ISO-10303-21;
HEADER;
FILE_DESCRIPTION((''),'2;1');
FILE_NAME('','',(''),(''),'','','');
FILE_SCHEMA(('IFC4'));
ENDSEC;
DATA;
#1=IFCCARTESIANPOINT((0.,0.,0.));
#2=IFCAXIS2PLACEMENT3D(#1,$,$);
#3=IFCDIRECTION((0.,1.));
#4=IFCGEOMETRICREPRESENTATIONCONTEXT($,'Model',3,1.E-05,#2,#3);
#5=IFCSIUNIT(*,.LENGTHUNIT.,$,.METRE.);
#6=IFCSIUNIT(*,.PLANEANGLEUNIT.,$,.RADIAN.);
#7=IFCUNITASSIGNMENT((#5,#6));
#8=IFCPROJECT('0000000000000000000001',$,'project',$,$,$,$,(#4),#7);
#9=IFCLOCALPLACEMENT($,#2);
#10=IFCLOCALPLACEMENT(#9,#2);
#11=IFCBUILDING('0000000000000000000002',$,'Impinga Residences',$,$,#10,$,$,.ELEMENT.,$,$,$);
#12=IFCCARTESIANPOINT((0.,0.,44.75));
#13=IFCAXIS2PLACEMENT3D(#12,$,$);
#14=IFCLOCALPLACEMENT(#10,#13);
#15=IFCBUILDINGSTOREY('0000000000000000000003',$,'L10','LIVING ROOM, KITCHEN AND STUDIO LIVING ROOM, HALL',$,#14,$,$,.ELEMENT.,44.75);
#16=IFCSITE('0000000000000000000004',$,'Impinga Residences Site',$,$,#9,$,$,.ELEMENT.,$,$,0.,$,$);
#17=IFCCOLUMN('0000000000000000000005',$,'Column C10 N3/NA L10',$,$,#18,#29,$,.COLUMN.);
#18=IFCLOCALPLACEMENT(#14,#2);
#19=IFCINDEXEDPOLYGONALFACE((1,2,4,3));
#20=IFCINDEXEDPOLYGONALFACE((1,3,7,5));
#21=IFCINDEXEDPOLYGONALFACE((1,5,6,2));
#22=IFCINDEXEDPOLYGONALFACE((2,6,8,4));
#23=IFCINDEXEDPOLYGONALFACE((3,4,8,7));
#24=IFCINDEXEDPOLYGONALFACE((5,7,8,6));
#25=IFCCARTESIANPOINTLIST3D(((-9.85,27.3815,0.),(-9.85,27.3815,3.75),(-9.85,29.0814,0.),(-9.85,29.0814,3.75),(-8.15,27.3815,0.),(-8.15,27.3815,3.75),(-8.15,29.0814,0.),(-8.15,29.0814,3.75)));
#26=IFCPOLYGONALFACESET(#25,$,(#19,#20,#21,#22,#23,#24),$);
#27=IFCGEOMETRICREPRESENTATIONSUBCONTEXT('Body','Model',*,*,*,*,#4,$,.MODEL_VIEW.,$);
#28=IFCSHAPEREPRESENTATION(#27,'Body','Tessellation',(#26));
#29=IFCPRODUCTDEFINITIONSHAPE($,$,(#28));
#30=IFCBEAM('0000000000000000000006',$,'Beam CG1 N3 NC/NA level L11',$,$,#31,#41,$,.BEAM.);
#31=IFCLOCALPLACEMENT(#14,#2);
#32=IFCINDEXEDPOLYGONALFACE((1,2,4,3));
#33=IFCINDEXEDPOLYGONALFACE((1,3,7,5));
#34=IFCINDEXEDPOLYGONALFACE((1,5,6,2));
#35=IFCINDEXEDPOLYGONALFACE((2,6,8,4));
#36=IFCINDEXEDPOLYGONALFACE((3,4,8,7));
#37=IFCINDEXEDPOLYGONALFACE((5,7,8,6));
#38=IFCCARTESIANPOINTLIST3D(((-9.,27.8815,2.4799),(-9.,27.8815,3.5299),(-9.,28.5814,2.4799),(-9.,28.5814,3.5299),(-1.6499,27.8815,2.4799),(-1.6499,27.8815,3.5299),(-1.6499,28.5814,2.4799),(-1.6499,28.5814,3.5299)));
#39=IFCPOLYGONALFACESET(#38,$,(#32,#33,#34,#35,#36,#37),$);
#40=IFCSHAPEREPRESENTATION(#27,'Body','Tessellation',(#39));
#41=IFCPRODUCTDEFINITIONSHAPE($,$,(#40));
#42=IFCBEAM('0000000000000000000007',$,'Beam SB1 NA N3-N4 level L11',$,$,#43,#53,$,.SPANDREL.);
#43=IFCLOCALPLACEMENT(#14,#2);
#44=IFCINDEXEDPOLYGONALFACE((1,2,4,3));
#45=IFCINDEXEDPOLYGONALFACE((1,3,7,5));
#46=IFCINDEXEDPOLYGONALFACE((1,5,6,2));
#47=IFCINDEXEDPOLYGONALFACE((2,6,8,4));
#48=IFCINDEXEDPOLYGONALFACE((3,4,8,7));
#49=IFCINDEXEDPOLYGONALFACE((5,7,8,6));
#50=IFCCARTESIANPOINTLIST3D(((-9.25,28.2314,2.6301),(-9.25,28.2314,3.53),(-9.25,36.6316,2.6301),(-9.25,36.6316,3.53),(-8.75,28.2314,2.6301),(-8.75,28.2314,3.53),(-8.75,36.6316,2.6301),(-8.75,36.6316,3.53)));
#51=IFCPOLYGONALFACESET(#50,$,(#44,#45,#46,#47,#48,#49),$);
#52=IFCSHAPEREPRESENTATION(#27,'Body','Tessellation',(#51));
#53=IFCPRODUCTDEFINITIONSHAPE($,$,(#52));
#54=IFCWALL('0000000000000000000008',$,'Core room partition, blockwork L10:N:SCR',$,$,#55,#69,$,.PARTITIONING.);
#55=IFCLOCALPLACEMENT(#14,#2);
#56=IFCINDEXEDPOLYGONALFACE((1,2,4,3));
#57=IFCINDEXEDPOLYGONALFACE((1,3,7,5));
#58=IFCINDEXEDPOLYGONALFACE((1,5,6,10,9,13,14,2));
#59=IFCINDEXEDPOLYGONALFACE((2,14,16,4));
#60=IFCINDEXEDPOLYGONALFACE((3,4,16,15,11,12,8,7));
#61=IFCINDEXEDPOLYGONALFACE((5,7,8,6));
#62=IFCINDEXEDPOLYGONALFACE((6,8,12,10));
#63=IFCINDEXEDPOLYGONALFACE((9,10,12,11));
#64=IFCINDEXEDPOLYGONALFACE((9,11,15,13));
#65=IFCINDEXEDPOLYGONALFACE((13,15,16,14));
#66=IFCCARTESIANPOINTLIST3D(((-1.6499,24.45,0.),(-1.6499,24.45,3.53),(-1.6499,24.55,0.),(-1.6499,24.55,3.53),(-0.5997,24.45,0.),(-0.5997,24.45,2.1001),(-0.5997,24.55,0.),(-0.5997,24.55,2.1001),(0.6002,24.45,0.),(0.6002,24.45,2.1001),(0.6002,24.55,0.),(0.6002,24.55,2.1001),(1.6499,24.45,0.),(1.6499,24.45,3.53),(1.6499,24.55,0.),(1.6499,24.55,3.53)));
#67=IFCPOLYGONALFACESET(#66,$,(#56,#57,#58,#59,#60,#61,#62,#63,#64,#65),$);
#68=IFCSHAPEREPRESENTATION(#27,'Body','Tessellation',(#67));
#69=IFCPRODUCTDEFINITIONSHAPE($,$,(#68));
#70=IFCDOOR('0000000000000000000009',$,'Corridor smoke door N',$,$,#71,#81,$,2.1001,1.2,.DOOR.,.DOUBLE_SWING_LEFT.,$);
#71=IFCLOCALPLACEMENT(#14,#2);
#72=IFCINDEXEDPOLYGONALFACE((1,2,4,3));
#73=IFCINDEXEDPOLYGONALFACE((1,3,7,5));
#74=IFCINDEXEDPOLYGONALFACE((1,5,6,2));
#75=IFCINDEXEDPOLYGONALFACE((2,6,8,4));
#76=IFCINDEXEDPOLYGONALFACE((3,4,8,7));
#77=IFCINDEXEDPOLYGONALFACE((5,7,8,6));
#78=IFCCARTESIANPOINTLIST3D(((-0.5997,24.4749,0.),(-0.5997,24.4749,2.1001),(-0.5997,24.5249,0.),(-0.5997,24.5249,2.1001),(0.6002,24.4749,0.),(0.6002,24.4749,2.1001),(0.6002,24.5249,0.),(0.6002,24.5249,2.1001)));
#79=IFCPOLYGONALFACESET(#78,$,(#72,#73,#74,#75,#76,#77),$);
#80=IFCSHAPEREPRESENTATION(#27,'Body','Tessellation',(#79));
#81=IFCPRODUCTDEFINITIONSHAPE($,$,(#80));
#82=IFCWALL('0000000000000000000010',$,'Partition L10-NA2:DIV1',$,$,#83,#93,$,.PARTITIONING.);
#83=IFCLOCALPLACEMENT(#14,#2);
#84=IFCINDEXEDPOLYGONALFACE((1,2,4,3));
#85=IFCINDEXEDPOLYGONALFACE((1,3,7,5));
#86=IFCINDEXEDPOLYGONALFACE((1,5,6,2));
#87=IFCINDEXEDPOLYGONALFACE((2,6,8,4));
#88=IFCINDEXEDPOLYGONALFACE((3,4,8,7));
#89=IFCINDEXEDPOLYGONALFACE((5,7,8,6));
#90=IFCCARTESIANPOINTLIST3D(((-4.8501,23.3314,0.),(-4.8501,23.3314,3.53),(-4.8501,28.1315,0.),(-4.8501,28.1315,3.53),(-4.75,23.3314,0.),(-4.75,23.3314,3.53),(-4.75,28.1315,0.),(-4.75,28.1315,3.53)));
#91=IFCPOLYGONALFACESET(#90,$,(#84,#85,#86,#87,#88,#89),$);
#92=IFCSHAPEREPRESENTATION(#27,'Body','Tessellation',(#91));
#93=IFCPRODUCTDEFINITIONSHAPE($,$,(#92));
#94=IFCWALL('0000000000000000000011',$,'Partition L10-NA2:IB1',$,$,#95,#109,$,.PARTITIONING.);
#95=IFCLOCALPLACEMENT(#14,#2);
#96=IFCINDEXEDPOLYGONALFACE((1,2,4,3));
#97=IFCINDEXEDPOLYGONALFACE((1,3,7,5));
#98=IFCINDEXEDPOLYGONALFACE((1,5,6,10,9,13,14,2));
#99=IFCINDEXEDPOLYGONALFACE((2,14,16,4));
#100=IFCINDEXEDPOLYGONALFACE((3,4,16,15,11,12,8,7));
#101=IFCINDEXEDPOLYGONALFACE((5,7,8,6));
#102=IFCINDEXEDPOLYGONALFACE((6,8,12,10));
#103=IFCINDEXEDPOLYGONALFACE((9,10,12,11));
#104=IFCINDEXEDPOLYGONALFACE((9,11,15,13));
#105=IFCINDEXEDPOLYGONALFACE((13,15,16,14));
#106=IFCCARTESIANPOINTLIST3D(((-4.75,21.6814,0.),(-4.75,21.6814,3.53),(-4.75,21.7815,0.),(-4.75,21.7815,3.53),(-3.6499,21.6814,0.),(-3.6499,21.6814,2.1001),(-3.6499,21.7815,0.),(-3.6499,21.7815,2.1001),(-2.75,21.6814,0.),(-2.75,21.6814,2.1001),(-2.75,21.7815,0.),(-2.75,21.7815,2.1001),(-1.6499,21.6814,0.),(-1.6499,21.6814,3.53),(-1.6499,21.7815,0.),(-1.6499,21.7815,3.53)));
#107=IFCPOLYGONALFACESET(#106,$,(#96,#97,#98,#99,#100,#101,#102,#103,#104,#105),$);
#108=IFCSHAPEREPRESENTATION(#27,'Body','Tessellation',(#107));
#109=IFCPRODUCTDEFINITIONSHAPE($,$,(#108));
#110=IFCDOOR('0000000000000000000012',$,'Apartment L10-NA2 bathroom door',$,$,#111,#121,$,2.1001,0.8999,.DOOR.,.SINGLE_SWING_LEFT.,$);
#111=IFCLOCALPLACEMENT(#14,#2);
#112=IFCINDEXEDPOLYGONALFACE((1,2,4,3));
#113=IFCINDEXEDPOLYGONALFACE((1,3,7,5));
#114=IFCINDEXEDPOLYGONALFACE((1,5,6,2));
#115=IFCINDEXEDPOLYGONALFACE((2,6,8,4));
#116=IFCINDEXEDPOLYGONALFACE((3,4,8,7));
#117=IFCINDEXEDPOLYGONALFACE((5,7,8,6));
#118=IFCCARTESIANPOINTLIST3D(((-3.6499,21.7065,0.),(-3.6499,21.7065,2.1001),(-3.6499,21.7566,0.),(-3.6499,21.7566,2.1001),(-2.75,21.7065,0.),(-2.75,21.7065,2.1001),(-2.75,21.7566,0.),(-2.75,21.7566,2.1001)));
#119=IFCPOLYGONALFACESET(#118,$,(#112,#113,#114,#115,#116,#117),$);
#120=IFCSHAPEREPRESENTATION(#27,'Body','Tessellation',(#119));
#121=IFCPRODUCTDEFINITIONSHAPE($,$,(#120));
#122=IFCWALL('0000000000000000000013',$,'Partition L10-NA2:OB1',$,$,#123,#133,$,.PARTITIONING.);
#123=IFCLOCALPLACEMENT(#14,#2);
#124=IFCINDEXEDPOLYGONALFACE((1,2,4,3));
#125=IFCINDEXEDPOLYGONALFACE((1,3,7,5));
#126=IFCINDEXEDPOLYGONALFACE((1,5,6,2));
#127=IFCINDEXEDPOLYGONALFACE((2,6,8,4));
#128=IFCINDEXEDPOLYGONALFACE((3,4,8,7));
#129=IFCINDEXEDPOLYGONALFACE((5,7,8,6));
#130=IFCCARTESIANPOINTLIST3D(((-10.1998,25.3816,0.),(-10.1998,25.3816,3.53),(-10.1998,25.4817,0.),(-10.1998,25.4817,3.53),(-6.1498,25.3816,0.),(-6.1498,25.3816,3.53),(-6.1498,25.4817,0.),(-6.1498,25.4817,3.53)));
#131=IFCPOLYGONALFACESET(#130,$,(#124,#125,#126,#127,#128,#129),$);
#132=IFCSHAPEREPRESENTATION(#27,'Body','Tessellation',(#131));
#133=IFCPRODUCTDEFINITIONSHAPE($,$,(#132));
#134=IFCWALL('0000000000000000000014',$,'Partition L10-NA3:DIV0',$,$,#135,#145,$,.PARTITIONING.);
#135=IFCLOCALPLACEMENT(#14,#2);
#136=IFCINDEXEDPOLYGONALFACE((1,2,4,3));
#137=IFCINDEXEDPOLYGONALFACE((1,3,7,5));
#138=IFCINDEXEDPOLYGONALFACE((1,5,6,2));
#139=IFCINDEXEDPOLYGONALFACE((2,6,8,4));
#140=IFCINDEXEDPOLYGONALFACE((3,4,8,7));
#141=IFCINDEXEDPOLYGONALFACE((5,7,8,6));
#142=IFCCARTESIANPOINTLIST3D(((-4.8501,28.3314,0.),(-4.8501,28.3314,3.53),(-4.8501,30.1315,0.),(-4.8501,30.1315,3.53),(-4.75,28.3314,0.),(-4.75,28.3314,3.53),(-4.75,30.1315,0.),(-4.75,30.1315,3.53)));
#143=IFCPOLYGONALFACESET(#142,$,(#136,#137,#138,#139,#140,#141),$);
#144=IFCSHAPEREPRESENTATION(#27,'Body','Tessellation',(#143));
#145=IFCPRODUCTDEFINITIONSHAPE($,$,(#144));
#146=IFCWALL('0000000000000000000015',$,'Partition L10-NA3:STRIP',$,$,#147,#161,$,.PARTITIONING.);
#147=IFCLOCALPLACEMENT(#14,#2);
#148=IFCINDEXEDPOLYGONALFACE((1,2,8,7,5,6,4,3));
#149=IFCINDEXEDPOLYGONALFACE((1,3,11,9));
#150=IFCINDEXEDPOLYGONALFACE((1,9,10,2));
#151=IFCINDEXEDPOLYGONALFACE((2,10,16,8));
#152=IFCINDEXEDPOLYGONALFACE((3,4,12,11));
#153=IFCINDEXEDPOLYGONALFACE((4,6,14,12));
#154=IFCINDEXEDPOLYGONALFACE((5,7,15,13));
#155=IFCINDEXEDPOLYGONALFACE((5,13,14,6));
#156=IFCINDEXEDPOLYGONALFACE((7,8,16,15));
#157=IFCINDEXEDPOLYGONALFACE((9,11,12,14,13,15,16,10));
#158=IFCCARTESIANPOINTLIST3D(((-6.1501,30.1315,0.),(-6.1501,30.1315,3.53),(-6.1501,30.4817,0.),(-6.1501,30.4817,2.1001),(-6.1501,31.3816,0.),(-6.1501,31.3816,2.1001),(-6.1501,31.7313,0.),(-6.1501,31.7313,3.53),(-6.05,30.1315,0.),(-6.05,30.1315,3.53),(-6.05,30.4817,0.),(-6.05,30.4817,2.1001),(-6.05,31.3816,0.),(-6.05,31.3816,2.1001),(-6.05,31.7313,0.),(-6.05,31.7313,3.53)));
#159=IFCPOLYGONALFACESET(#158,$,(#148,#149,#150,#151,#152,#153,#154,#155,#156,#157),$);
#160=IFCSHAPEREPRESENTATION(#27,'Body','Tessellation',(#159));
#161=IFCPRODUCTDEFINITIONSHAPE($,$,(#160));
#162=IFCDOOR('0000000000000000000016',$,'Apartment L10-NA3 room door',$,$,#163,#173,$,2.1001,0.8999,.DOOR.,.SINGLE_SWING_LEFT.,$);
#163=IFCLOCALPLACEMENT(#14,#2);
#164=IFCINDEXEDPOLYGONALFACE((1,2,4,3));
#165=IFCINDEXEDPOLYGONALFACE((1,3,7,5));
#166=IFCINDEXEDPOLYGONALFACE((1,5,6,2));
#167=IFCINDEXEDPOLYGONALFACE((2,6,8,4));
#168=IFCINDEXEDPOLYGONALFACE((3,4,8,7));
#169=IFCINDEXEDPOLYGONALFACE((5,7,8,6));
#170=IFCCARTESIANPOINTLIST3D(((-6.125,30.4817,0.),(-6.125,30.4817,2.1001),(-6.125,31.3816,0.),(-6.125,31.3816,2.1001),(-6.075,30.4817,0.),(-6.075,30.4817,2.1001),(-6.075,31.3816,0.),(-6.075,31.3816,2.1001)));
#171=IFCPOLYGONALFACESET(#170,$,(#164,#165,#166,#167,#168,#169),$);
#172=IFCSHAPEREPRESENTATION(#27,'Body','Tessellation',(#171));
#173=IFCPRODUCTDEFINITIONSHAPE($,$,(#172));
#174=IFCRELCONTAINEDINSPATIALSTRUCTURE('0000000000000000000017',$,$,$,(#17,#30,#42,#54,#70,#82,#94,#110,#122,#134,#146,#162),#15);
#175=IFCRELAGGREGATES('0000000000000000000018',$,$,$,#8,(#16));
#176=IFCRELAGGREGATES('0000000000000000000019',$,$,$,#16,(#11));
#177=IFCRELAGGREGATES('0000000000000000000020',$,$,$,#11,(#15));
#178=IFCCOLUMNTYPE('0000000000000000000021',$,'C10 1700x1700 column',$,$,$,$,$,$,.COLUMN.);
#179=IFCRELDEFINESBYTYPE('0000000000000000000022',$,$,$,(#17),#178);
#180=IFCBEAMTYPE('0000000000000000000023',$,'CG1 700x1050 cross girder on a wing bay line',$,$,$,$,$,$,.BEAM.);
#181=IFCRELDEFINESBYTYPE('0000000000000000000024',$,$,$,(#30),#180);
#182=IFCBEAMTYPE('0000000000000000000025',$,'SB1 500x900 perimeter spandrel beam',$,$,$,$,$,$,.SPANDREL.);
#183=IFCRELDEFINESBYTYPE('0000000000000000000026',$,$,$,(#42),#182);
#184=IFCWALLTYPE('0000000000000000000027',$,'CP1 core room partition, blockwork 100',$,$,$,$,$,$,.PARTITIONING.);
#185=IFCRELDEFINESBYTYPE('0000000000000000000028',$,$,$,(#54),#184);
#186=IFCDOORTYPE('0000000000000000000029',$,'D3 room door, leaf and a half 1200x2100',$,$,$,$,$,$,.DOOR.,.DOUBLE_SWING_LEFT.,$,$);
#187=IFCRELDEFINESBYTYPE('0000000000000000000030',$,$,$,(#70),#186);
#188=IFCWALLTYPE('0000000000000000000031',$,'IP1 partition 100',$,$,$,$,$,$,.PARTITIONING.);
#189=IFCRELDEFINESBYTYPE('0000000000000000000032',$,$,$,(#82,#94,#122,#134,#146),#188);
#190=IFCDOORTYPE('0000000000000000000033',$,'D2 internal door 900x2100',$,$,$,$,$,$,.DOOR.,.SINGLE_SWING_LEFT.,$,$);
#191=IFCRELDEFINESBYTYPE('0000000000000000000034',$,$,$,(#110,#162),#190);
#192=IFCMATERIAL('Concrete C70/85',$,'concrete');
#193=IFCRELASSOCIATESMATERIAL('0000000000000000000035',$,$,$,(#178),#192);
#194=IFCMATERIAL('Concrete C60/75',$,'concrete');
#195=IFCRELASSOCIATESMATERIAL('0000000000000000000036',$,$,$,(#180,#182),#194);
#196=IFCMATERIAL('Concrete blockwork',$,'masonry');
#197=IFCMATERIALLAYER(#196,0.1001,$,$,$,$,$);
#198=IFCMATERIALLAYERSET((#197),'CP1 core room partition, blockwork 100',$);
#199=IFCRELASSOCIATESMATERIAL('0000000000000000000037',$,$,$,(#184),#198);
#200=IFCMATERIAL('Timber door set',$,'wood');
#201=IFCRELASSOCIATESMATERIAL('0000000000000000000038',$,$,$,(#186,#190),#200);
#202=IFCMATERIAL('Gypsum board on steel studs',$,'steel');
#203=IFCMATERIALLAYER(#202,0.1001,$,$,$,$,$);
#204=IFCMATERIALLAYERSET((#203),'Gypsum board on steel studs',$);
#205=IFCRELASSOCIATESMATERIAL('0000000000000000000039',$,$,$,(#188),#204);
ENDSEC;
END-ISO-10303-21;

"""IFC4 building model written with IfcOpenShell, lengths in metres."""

from ifc_helpers import new_model, si_unit, direction, frame, frame_2d, origin, origin_2d, place, context, subcontext, project, spatial, rectangle, extrude, material, layer, layer_set, material_profile, profile_set, type_object, element, fill, save


model = new_model("IFC4")

# Units and contexts
model_context = context("Model", 3, precision=1e-05, world=origin(), true_north=direction((0.0, 1.0)))
body_context = subcontext(model_context, "Body", "Model", "MODEL_VIEW")
ifc_project = project(units=[si_unit("LENGTHUNIT", "METRE"), si_unit("PLANEANGLEUNIT", "RADIAN")], contexts=[model_context])

# Site, building, storey
site_placement = place(None, origin())
site = spatial("IfcSite", under=ifc_project, at=site_placement, Name="Impinga Residences Site", CompositionType="ELEMENT", RefElevation=0.0)
building_placement = place(site_placement, origin())
building = spatial("IfcBuilding", under=site, at=building_placement, Name="Impinga Residences", CompositionType="ELEMENT")
storey_placement = place(building_placement, frame((0.0, 0.0, 44.75)))
storey = spatial("IfcBuildingStorey", under=building, at=storey_placement, Name="L10", Description="LIVING ROOM, KITCHEN AND STUDIO LIVING ROOM, HALL", CompositionType="ELEMENT", Elevation=44.75)

# Column
ifc_material_1 = material(Name="Concrete C70/85", Category="concrete")
ifc_material_profile_1 = material_profile(ifc_material_1, rectangle(XDim=1.7, YDim=1.7, at=origin_2d()), Name="RC 1700x1700")
ifc_profile_set_1 = profile_set([ifc_material_profile_1], Name="Concrete C70/85")
column_type = type_object("IfcColumnType", Name="C10 1700x1700 column", PredefinedType="COLUMN", material=ifc_profile_set_1)
column_placement = place(storey_placement, frame((-9.0, 28.2314, 0.0), z_axis=(0.0, 0.0, 1.0), x_axis=(1.0, 0.0, 0.0)))
element("IfcColumn", 1, at=column_placement, inside=storey, type_object=column_type, Name="Column C10 N3/NA L10", PredefinedType="COLUMN", context=body_context, shape_type="SweptSolid", body=[
    extrude(rectangle(XDim=1.7, YDim=1.7, at=origin_2d()), origin(), (0.0, 0.0, 1.0), 3.75),
])

# Beams
ifc_material_2 = material(Name="Concrete C60/75", Category="concrete")
ifc_material_profile_2 = material_profile(ifc_material_2, rectangle(XDim=0.7, YDim=1.05, at=origin_2d()), Name="RC 700x1050")
ifc_profile_set_2 = profile_set([ifc_material_profile_2], Name="Concrete C60/75")
beam_type_1 = type_object("IfcBeamType", Name="CG1 700x1050 cross girder on a wing bay line", PredefinedType="BEAM", material=ifc_profile_set_2)
beam_1_placement = place(storey_placement, frame((-1.6499, 28.2314, 3.0049), z_axis=(-1.0, 0.0, 0.0), x_axis=(0.0, -1.0, 0.0)))
element("IfcBeam", 2, at=beam_1_placement, inside=storey, type_object=beam_type_1, Name="Beam CG1 N3 NC/NA level L11", PredefinedType="BEAM", context=body_context, shape_type="SweptSolid", body=[
    extrude(rectangle(XDim=0.7, YDim=1.05, at=origin_2d()), origin(), (0.0, 0.0, 1.0), 7.3501),
])
ifc_material_profile_3 = material_profile(ifc_material_2, rectangle(XDim=0.5, YDim=0.8999, at=origin_2d()), Name="RC 500x900")
ifc_profile_set_3 = profile_set([ifc_material_profile_3], Name="Concrete C60/75")
beam_type_2 = type_object("IfcBeamType", Name="SB1 500x900 perimeter spandrel beam", PredefinedType="SPANDREL", material=ifc_profile_set_3)
beam_2_placement = place(storey_placement, frame((-9.0, 28.2314, 3.0801), z_axis=(0.0, 1.0, 0.0), x_axis=(-1.0, 0.0, 0.0)))
element("IfcBeam", 3, at=beam_2_placement, inside=storey, type_object=beam_type_2, Name="Beam SB1 NA N3-N4 level L11", PredefinedType="SPANDREL", context=body_context, shape_type="SweptSolid", body=[
    extrude(rectangle(XDim=0.5, YDim=0.8999, at=origin_2d()), origin(), (0.0, 0.0, 1.0), 8.4001),
])

# Wall, opening, door
ifc_material_3 = material(Name="Concrete blockwork", Category="masonry")
ifc_layer_1 = layer(ifc_material_3, 0.1001)
ifc_layer_set_1 = layer_set([ifc_layer_1], Name="CP1 core room partition, blockwork 100")
wall_type_1 = type_object("IfcWallType", Name="CP1 core room partition, blockwork 100", PredefinedType="PARTITIONING", material=ifc_layer_set_1)
wall_1_placement = place(storey_placement, frame((-1.6499, 24.5, 0.0), z_axis=(0.0, 0.0, 1.0), x_axis=(1.0, 0.0, 0.0)))
wall_1 = element("IfcWall", 4, at=wall_1_placement, inside=storey, type_object=wall_type_1, Name="Core room partition, blockwork L10:N:SCR", PredefinedType="PARTITIONING", context=body_context, shape_type="SweptSolid", body=[
    extrude(rectangle(XDim=3.2998, YDim=0.1001, at=frame_2d((1.6499, 0.0))), origin(), (0.0, 0.0, 1.0), 3.53),
])
opening_1_placement = place(wall_1_placement, frame((1.05, 0.0, 0.0)))
opening_1 = element("IfcOpeningElement", 5, at=opening_1_placement, cuts=wall_1, PredefinedType="OPENING", context=body_context, shape_type="SweptSolid", body=[
    extrude(rectangle(XDim=1.2, YDim=2.1001, at=frame_2d((0.6001, 1.05))), frame((0.0, 0.0601, 0.0), z_axis=(0.0, -1.0, 0.0), x_axis=(1.0, 0.0, 0.0)), (0.0, 0.0, 1.0), 0.1201),
])
ifc_material_4 = material(Name="Timber door set", Category="wood")
door_type_1 = type_object("IfcDoorType", Name="D3 room door, leaf and a half 1200x2100", OperationType="DOUBLE_SWING_LEFT", PredefinedType="DOOR", material=ifc_material_4)
door_1_placement = place(opening_1_placement, origin())
door_1 = element("IfcDoor", 6, at=door_1_placement, inside=storey, type_object=door_type_1, Name="Corridor smoke door N", OperationType="DOUBLE_SWING_LEFT", OverallHeight=2.1001, OverallWidth=1.2, PredefinedType="DOOR", context=body_context, shape_type="SweptSolid", body=[
    extrude(rectangle(XDim=1.2, YDim=2.1001, at=frame_2d((0.6001, 1.05))), frame((0.0, 0.0249, 0.0), z_axis=(0.0, -1.0, 0.0), x_axis=(1.0, 0.0, 0.0)), (0.0, 0.0, 1.0), 0.05),
])
fill(opening_1, door_1)

# Wall
ifc_material_5 = material(Name="Gypsum board on steel studs", Category="steel")
ifc_layer_2 = layer(ifc_material_5, 0.1001)
ifc_layer_set_2 = layer_set([ifc_layer_2], Name="Gypsum board on steel studs")
wall_type_2 = type_object("IfcWallType", Name="IP1 partition 100", PredefinedType="PARTITIONING", material=ifc_layer_set_2)
wall_2_placement = place(storey_placement, frame((-4.8, 23.3315, 0.0), z_axis=(0.0, 0.0, 1.0), x_axis=(0.0, 1.0, 0.0)))
element("IfcWall", 7, at=wall_2_placement, inside=storey, type_object=wall_type_2, Name="Partition L10-NA2:DIV1", PredefinedType="PARTITIONING", context=body_context, shape_type="SweptSolid", body=[
    extrude(rectangle(XDim=4.8, YDim=0.1001, at=frame_2d((2.3999, 0.0))), origin(), (0.0, 0.0, 1.0), 3.53),
])

# Wall, opening, door
wall_3_placement = place(storey_placement, frame((-1.6499, 21.7314, 0.0), z_axis=(0.0, 0.0, 1.0), x_axis=(-1.0, 0.0, 0.0)))
wall_3 = element("IfcWall", 8, at=wall_3_placement, inside=storey, type_object=wall_type_2, Name="Partition L10-NA2:IB1", PredefinedType="PARTITIONING", context=body_context, shape_type="SweptSolid", body=[
    extrude(rectangle(XDim=3.1001, YDim=0.1001, at=frame_2d((1.55, 0.0))), origin(), (0.0, 0.0, 1.0), 3.53),
])
opening_2_placement = place(wall_3_placement, frame((1.1001, 0.0, 0.0)))
opening_2 = element("IfcOpeningElement", 9, at=opening_2_placement, cuts=wall_3, PredefinedType="OPENING", context=body_context, shape_type="SweptSolid", body=[
    extrude(rectangle(XDim=0.8999, YDim=2.1001, at=frame_2d((0.45, 1.05))), frame((0.0, 0.0601, 0.0), z_axis=(0.0, -1.0, 0.0), x_axis=(1.0, 0.0, 0.0)), (0.0, 0.0, 1.0), 0.1201),
])
door_type_2 = type_object("IfcDoorType", Name="D2 internal door 900x2100", OperationType="SINGLE_SWING_LEFT", PredefinedType="DOOR", material=ifc_material_4)
door_2_placement = place(opening_2_placement, origin())
door_2 = element("IfcDoor", 10, at=door_2_placement, inside=storey, type_object=door_type_2, Name="Apartment L10-NA2 bathroom door", OperationType="SINGLE_SWING_LEFT", OverallHeight=2.1001, OverallWidth=0.8999, PredefinedType="DOOR", context=body_context, shape_type="SweptSolid", body=[
    extrude(rectangle(XDim=0.8999, YDim=2.1001, at=frame_2d((0.45, 1.05))), frame((0.0, 0.0249, 0.0), z_axis=(0.0, -1.0, 0.0), x_axis=(1.0, 0.0, 0.0)), (0.0, 0.0, 1.0), 0.05),
])
fill(opening_2, door_2)

# Walls
wall_4_placement = place(storey_placement, frame((-6.1499, 25.4316, 0.0), z_axis=(0.0, 0.0, 1.0), x_axis=(-1.0, 0.0, 0.0)))
element("IfcWall", 11, at=wall_4_placement, inside=storey, type_object=wall_type_2, Name="Partition L10-NA2:OB1", PredefinedType="PARTITIONING", context=body_context, shape_type="SweptSolid", body=[
    extrude(rectangle(XDim=4.05, YDim=0.1001, at=frame_2d((2.0249, 0.0))), origin(), (0.0, 0.0, 1.0), 3.53),
])
wall_5_placement = place(storey_placement, frame((-4.8, 28.3315, 0.0), z_axis=(0.0, 0.0, 1.0), x_axis=(0.0, 1.0, 0.0)))
element("IfcWall", 12, at=wall_5_placement, inside=storey, type_object=wall_type_2, Name="Partition L10-NA3:DIV0", PredefinedType="PARTITIONING", context=body_context, shape_type="SweptSolid", body=[
    extrude(rectangle(XDim=1.8, YDim=0.1001, at=frame_2d((0.8999, 0.0))), origin(), (0.0, 0.0, 1.0), 3.53),
])

# Wall, opening, door
wall_6_placement = place(storey_placement, frame((-6.1001, 30.1316, 0.0), z_axis=(0.0, 0.0, 1.0), x_axis=(0.0, 1.0, 0.0)))
wall_6 = element("IfcWall", 13, at=wall_6_placement, inside=storey, type_object=wall_type_2, Name="Partition L10-NA3:STRIP", PredefinedType="PARTITIONING", context=body_context, shape_type="SweptSolid", body=[
    extrude(rectangle(XDim=1.5999, YDim=0.1001, at=frame_2d((0.7998, 0.0))), origin(), (0.0, 0.0, 1.0), 3.53),
])
opening_3_placement = place(wall_6_placement, frame((0.3501, 0.0, 0.0)))
opening_3 = element("IfcOpeningElement", 14, at=opening_3_placement, cuts=wall_6, PredefinedType="OPENING", context=body_context, shape_type="SweptSolid", body=[
    extrude(rectangle(XDim=0.8999, YDim=2.1001, at=frame_2d((0.45, 1.05))), frame((0.0, 0.0601, 0.0), z_axis=(0.0, -1.0, 0.0), x_axis=(1.0, 0.0, 0.0)), (0.0, 0.0, 1.0), 0.1201),
])
door_3_placement = place(opening_3_placement, origin())
door_3 = element("IfcDoor", 15, at=door_3_placement, inside=storey, type_object=door_type_2, Name="Apartment L10-NA3 room door", OperationType="SINGLE_SWING_LEFT", OverallHeight=2.1001, OverallWidth=0.8999, PredefinedType="DOOR", context=body_context, shape_type="SweptSolid", body=[
    extrude(rectangle(XDim=0.8999, YDim=2.1001, at=frame_2d((0.45, 1.05))), frame((0.0, 0.0249, 0.0), z_axis=(0.0, -1.0, 0.0), x_axis=(1.0, 0.0, 0.0)), (0.0, 0.0, 1.0), 0.05),
])
fill(opening_3, door_3)

save(model, "model.ifc")
